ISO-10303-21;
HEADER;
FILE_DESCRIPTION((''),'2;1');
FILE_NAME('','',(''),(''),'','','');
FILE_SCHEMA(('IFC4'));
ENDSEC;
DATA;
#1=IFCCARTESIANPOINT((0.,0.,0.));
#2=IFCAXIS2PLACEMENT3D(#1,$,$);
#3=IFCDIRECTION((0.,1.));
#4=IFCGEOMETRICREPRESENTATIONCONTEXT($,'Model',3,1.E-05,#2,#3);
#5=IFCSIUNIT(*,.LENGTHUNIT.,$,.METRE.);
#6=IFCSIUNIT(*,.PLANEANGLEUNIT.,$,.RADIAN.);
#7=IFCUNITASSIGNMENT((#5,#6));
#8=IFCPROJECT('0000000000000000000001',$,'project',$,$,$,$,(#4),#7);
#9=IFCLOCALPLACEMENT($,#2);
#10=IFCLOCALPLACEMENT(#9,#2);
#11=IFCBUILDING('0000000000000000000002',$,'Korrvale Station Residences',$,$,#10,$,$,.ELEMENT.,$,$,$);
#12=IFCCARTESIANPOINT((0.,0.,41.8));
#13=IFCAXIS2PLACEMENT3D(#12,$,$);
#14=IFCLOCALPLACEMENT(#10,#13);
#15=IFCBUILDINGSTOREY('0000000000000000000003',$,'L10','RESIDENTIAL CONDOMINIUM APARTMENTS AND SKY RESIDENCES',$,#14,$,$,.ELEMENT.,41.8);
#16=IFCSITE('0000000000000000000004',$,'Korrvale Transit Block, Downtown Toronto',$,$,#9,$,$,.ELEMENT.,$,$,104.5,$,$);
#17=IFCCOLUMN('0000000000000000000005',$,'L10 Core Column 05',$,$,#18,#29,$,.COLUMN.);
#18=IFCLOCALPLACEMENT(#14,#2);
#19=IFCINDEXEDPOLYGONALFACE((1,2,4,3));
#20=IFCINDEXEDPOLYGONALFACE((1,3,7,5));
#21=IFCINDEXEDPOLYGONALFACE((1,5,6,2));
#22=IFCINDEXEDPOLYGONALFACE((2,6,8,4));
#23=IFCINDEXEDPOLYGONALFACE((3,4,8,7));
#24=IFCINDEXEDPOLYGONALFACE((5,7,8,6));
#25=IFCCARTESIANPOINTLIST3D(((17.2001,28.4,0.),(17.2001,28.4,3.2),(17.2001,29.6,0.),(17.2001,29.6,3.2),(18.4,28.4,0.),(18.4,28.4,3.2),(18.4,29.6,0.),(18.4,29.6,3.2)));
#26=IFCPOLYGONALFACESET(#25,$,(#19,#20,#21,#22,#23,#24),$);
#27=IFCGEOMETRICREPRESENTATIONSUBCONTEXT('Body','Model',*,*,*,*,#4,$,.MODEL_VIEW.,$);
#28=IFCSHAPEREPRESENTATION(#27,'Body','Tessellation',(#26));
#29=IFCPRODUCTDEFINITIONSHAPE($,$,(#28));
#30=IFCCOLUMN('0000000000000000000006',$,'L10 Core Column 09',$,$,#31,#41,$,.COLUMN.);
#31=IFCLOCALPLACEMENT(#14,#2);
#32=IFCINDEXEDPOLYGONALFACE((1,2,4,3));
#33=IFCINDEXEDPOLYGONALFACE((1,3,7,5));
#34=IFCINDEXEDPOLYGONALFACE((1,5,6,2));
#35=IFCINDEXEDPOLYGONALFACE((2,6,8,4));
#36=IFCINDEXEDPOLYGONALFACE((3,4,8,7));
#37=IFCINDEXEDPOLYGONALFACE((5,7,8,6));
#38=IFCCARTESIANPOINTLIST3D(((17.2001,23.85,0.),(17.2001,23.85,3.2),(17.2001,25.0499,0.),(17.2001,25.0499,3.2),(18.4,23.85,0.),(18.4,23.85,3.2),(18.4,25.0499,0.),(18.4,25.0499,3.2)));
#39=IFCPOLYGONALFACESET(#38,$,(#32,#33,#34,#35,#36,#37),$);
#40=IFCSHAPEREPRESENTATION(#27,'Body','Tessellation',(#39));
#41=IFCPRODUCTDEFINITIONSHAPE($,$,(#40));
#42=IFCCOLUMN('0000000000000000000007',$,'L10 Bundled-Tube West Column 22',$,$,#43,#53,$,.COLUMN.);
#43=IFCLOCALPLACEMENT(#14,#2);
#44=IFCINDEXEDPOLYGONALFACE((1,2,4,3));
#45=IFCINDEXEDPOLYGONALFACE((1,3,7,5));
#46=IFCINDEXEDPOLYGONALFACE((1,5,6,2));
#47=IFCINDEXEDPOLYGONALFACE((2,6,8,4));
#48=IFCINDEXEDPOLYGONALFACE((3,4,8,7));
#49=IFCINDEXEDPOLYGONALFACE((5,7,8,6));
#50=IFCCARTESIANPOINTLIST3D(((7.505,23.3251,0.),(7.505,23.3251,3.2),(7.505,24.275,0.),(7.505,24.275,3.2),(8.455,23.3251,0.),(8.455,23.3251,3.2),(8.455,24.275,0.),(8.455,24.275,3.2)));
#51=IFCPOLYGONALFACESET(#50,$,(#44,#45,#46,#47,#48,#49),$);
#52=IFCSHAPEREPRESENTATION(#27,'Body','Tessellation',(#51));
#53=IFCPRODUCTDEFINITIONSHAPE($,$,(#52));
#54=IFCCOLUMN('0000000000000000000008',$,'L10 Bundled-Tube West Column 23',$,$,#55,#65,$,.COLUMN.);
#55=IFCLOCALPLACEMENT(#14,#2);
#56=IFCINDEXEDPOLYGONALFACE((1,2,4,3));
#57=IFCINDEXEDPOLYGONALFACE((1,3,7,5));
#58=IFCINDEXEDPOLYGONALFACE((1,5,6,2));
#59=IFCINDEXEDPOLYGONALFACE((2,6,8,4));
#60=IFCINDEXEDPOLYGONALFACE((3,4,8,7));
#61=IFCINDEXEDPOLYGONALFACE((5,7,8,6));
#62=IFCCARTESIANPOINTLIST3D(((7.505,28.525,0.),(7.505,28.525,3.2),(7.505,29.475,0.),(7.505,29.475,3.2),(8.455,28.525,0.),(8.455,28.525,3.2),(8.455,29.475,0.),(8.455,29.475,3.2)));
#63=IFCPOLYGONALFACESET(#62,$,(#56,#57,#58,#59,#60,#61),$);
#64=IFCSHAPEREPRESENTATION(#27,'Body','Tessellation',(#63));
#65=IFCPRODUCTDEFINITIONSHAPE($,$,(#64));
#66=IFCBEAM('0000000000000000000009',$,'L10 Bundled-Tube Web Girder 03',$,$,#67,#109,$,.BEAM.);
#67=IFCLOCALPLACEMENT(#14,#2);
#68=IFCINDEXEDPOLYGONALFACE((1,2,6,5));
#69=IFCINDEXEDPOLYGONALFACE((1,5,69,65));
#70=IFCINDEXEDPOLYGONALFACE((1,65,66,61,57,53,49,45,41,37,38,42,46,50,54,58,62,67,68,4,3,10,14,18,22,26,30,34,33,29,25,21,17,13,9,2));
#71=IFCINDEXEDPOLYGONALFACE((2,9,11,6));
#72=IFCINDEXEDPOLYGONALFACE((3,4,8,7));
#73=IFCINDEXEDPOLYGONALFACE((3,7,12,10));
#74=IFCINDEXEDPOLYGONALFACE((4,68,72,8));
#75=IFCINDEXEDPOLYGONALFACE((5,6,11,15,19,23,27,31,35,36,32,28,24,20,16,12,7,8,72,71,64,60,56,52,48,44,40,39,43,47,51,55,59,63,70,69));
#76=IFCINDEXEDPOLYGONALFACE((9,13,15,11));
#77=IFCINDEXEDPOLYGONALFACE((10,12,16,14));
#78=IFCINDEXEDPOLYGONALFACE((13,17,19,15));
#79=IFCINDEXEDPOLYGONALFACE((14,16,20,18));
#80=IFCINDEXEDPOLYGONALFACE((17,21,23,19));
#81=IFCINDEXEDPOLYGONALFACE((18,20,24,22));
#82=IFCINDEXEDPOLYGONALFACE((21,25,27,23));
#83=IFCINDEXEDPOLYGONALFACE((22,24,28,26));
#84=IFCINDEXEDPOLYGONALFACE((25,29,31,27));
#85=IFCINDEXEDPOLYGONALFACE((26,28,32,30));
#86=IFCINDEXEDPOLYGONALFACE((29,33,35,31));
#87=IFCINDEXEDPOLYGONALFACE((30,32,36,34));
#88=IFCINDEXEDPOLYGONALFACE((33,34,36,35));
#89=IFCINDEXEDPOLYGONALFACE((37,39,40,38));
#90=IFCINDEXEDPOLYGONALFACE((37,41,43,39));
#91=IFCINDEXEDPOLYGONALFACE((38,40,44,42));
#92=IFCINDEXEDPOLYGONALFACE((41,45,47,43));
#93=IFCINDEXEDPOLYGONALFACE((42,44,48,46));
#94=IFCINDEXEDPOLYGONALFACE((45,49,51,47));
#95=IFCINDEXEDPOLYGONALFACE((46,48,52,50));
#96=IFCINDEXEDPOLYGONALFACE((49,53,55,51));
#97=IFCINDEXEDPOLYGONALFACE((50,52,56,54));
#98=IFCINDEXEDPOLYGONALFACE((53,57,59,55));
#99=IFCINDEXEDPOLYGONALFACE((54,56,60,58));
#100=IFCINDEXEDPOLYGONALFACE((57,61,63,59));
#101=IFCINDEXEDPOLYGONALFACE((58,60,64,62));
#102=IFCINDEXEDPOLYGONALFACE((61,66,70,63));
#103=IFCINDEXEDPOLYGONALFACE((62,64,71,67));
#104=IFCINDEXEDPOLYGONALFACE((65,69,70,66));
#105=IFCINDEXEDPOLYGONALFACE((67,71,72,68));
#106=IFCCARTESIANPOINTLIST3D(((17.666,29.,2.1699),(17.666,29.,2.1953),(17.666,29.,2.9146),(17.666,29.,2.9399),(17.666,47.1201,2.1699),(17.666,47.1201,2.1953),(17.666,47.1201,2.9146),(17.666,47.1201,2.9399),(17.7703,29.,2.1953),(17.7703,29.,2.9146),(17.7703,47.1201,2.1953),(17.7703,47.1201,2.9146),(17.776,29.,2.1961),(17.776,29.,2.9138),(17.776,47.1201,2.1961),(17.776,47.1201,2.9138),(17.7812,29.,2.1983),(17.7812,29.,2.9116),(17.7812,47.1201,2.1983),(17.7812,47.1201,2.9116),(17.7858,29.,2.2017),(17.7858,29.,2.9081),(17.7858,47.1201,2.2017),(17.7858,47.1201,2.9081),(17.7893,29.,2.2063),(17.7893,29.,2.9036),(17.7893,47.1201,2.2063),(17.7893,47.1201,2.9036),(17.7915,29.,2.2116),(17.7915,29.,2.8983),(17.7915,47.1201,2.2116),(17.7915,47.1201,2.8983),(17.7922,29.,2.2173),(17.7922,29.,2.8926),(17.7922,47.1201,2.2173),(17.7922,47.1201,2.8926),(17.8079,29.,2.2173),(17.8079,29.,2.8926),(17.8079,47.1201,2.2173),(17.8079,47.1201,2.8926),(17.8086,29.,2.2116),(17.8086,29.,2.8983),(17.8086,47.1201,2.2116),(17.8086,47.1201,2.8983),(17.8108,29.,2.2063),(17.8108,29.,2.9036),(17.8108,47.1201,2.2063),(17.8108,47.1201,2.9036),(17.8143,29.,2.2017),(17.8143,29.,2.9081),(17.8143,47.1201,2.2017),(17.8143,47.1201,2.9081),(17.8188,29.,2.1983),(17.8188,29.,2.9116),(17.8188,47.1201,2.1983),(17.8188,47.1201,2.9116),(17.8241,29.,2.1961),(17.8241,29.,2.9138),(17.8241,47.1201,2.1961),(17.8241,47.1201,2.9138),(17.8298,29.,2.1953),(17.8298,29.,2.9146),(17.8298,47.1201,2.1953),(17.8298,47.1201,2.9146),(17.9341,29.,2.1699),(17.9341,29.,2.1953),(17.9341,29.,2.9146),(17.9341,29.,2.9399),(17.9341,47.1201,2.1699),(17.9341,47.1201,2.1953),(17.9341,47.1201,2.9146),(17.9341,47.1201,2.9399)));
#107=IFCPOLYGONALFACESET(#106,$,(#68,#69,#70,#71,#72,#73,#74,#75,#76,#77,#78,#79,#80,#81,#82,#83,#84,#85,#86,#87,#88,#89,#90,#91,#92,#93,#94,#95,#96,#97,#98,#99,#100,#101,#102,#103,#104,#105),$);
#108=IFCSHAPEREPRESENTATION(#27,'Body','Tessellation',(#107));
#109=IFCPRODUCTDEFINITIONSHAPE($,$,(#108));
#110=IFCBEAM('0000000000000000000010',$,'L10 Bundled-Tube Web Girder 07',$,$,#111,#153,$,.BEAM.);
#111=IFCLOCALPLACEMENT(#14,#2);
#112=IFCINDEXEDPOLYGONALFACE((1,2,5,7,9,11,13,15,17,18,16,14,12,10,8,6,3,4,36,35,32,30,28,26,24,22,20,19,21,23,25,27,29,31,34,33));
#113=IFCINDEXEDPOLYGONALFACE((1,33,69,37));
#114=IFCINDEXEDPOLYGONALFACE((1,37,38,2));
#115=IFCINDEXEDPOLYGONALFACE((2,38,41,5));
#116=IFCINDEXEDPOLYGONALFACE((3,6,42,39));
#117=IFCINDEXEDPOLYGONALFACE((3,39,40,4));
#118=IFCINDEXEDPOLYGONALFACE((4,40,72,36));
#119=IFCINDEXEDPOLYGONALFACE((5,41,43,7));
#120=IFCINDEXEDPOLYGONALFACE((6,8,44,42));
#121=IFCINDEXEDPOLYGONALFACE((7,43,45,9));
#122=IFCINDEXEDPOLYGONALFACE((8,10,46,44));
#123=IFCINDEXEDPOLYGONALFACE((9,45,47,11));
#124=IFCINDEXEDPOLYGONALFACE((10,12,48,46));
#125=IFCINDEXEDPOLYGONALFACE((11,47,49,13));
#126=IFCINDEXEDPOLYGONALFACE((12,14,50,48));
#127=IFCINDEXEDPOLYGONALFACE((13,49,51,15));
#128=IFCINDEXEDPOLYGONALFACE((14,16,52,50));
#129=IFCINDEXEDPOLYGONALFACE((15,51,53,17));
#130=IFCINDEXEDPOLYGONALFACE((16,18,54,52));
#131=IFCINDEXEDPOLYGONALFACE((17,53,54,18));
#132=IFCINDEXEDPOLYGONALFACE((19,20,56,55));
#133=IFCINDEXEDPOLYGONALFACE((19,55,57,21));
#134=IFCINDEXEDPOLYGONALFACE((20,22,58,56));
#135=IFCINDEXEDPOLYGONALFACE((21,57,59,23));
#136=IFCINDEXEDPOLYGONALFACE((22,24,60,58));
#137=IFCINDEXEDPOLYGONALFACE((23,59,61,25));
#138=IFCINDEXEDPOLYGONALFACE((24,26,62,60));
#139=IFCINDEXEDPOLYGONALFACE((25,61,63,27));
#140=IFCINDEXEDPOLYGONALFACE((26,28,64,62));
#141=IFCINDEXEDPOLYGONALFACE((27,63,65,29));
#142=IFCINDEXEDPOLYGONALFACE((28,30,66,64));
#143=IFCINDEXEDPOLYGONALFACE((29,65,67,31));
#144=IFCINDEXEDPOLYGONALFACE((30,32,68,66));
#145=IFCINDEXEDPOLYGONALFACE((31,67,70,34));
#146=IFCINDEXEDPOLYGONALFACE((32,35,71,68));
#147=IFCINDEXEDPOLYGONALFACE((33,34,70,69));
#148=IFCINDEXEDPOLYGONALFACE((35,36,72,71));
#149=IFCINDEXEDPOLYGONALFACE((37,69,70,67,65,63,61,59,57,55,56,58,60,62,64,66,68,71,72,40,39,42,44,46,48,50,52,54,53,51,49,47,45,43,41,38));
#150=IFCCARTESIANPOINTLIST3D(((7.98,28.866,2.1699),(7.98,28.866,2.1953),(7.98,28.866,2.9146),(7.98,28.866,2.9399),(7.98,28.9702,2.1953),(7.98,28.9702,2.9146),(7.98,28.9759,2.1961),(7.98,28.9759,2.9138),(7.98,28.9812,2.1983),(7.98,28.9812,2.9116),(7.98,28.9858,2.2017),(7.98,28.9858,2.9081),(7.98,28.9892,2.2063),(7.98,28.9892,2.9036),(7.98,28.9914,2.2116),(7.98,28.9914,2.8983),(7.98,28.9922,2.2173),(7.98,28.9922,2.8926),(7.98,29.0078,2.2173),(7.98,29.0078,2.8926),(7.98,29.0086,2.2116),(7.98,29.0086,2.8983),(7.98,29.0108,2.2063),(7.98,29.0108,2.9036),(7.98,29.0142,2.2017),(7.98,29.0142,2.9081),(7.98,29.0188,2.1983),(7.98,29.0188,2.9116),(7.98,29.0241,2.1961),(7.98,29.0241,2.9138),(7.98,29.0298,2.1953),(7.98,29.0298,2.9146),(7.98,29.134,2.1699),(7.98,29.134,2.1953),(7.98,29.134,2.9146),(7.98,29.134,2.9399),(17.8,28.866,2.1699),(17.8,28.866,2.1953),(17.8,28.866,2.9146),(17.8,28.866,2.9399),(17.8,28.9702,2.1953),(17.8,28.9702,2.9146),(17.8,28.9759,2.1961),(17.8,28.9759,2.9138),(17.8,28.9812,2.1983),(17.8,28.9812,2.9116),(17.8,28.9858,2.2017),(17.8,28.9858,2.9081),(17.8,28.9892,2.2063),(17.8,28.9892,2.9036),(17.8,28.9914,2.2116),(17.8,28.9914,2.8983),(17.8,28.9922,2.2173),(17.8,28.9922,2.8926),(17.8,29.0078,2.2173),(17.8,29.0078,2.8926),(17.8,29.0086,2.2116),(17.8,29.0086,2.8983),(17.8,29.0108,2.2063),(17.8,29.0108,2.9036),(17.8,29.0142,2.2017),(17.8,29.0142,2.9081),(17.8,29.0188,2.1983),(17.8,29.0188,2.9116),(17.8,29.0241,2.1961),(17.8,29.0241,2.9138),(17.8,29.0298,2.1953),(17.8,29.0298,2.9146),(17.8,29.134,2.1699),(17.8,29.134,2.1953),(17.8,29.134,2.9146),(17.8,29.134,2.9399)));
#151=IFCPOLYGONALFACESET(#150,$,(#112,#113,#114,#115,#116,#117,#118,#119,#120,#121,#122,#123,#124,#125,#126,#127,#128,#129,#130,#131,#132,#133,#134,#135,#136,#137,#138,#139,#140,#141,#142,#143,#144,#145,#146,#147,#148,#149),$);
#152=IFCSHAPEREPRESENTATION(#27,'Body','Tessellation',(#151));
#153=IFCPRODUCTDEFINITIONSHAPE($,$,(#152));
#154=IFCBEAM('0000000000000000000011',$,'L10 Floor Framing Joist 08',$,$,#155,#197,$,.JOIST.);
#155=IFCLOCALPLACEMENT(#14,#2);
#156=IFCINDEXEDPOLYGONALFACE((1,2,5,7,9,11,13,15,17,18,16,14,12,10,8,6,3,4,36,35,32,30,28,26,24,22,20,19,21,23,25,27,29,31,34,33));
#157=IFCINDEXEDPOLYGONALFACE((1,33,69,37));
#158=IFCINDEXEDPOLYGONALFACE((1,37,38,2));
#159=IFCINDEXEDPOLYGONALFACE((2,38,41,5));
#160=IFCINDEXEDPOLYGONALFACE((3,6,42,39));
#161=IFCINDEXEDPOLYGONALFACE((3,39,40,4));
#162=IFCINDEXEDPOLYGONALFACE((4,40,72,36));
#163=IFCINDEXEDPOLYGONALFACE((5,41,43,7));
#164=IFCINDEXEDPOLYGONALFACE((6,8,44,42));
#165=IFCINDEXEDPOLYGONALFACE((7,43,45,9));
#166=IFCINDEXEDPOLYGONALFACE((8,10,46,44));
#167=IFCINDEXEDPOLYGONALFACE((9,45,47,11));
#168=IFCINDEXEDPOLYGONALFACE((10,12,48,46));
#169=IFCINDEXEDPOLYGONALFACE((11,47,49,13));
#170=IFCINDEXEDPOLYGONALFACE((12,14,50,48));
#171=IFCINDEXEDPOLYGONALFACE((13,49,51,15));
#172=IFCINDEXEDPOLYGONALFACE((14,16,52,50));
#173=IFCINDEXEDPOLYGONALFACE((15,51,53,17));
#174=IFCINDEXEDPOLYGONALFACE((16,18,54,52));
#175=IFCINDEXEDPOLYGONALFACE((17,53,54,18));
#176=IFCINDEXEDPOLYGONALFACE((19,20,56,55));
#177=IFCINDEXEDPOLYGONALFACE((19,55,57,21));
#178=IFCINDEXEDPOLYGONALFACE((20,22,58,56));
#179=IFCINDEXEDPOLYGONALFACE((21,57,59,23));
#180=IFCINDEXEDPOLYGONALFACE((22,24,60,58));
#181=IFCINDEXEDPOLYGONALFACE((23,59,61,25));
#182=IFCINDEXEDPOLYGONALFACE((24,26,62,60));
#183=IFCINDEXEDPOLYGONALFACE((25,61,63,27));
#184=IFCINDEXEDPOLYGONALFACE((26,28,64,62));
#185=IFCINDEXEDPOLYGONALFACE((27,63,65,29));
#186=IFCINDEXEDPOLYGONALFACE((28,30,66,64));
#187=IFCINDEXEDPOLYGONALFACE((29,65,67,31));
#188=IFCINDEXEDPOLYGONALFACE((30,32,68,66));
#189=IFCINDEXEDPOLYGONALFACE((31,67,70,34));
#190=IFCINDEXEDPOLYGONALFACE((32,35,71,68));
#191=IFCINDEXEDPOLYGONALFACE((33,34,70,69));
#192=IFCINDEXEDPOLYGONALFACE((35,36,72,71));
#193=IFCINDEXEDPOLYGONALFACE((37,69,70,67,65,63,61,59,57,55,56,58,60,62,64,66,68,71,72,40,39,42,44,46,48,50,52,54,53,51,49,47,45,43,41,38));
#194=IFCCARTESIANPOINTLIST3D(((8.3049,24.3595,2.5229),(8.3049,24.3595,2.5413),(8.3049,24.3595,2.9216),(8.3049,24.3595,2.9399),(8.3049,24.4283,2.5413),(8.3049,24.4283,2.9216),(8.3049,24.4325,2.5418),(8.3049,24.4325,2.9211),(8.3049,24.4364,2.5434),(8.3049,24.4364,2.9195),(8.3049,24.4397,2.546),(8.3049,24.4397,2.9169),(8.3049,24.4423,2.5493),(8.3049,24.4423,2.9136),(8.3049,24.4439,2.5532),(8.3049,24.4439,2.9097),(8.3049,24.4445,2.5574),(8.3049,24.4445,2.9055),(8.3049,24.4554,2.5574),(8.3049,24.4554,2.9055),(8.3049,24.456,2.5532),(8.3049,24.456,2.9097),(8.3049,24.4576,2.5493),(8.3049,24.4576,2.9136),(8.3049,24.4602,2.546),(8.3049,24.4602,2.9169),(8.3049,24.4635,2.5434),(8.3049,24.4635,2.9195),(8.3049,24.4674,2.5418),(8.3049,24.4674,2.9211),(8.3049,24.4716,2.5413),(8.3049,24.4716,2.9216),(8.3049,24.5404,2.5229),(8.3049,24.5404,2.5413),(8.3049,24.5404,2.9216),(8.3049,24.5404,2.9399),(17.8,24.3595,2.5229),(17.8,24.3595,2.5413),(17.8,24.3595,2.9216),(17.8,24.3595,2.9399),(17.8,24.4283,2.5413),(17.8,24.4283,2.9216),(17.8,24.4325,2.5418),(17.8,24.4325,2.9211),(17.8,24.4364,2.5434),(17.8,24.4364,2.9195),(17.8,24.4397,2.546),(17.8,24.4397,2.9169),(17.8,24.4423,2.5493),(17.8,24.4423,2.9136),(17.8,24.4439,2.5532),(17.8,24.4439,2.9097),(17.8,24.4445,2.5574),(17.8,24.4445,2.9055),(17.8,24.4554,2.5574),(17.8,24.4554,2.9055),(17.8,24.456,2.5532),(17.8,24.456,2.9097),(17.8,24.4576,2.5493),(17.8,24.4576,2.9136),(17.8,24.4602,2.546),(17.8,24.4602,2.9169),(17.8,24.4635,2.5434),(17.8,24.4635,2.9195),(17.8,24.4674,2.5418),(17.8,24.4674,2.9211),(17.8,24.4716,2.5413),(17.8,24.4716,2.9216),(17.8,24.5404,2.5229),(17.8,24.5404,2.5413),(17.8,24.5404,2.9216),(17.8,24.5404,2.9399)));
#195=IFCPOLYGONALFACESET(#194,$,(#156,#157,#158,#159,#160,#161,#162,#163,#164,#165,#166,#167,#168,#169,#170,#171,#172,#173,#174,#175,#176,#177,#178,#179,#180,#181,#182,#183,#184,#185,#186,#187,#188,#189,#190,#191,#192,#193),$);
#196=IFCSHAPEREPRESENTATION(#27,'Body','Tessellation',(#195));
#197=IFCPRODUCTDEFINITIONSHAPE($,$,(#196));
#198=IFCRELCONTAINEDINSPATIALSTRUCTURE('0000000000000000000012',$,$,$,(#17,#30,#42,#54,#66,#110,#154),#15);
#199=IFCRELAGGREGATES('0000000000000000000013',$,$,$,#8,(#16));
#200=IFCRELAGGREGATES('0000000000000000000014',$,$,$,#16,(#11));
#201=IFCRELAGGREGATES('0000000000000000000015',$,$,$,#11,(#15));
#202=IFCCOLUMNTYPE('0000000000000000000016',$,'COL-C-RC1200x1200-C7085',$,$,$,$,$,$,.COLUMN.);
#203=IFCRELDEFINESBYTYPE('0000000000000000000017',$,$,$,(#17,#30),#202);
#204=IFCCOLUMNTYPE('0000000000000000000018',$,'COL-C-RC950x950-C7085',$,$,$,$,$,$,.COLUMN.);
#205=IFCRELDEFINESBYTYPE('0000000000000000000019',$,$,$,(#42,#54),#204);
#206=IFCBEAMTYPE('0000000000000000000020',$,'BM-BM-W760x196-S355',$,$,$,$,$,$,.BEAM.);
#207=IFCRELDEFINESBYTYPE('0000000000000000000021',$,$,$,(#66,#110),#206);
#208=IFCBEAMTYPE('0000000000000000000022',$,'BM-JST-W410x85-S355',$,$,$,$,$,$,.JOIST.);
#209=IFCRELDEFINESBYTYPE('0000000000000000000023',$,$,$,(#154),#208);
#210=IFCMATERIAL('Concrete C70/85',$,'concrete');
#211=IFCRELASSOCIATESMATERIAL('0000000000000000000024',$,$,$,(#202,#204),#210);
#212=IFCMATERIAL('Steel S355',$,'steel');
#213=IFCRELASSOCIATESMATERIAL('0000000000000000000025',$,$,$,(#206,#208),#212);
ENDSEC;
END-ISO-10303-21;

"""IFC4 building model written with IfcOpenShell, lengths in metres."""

from ifc_helpers import new_model, si_unit, direction, frame, origin, origin_2d, place, context, subcontext, project, spatial, rectangle, i_section, extrude, material, material_profile, profile_set, type_object, element, save


model = new_model("IFC4")

# Units and contexts
model_context = context("Model", 3, precision=1e-05, world=origin(), true_north=direction((0.0, 1.0)))
body_context = subcontext(model_context, "Body", "Model", "MODEL_VIEW")
ifc_project = project(units=[si_unit("LENGTHUNIT", "METRE"), si_unit("PLANEANGLEUNIT", "RADIAN")], contexts=[model_context])

# Site, building, storey
site_placement = place(None, origin())
site = spatial("IfcSite", under=ifc_project, at=site_placement, Name="Korrvale Transit Block, Downtown Toronto", CompositionType="ELEMENT", RefElevation=104.5)
building_placement = place(site_placement, origin())
building = spatial("IfcBuilding", under=site, at=building_placement, Name="Korrvale Station Residences", CompositionType="ELEMENT")
storey_placement = place(building_placement, frame((0.0, 0.0, 41.8)))
storey = spatial("IfcBuildingStorey", under=building, at=storey_placement, Name="L10", Description="RESIDENTIAL CONDOMINIUM APARTMENTS AND SKY RESIDENCES", CompositionType="ELEMENT", Elevation=41.8)

# Columns
ifc_material_1 = material(Name="Concrete C70/85", Category="concrete")
ifc_material_profile_1 = material_profile(ifc_material_1, rectangle(XDim=1.2, YDim=1.2, at=origin_2d()), Name="RC1200x1200")
ifc_profile_set_1 = profile_set([ifc_material_profile_1], Name="Concrete C70/85")
column_type_1 = type_object("IfcColumnType", Name="COL-C-RC1200x1200-C7085", PredefinedType="COLUMN", material=ifc_profile_set_1)
for number, where, z_axis, x_axis, name in (
    (1, (17.8, 29.0, 0.0), (0.0, 0.0, 1.0), (1.0, 0.0, 0.0), "L10 Core Column 05"),
    (2, (17.8, 24.45, 0.0), (0.0, 0.0, 1.0), (1.0, 0.0, 0.0), "L10 Core Column 09"),
):
    element("IfcColumn", number, at=place(storey_placement, frame(where, z_axis=z_axis, x_axis=x_axis)), inside=storey, type_object=column_type_1, Name=name, PredefinedType="COLUMN", context=body_context, shape_type="SweptSolid", body=[
        extrude(rectangle(XDim=1.2, YDim=1.2, at=origin_2d()), origin(), (0.0, 0.0, 1.0), 3.2),
    ])
ifc_material_profile_2 = material_profile(ifc_material_1, rectangle(XDim=0.95, YDim=0.95, at=origin_2d()), Name="RC950x950")
ifc_profile_set_2 = profile_set([ifc_material_profile_2], Name="Concrete C70/85")
column_type_2 = type_object("IfcColumnType", Name="COL-C-RC950x950-C7085", PredefinedType="COLUMN", material=ifc_profile_set_2)
for number, where, z_axis, x_axis, name in (
    (3, (7.98, 23.8, 0.0), (0.0, 0.0, 1.0), (1.0, 0.0, 0.0), "L10 Bundled-Tube West Column 22"),
    (4, (7.98, 29.0, 0.0), (0.0, 0.0, 1.0), (1.0, 0.0, 0.0), "L10 Bundled-Tube West Column 23"),
):
    element("IfcColumn", number, at=place(storey_placement, frame(where, z_axis=z_axis, x_axis=x_axis)), inside=storey, type_object=column_type_2, Name=name, PredefinedType="COLUMN", context=body_context, shape_type="SweptSolid", body=[
        extrude(rectangle(XDim=0.95, YDim=0.95, at=origin_2d()), origin(), (0.0, 0.0, 1.0), 3.2),
    ])

# Beams
ifc_material_2 = material(Name="Steel S355", Category="steel")
ifc_material_profile_3 = material_profile(ifc_material_2, i_section(OverallWidth=0.2681, OverallDepth=0.77, WebThickness=0.0156, FlangeThickness=0.0254, FilletRadius=0.022, at=origin_2d()), Name="W760x196")
ifc_profile_set_3 = profile_set([ifc_material_profile_3], Name="Steel S355")
beam_type_1 = type_object("IfcBeamType", Name="BM-BM-W760x196-S355", PredefinedType="BEAM", material=ifc_profile_set_3)
beam_1_placement = place(storey_placement, frame((17.8, 29.0, 2.5549), z_axis=(0.0, 1.0, 0.0), x_axis=(-1.0, 0.0, 0.0)))
element("IfcBeam", 5, at=beam_1_placement, inside=storey, type_object=beam_type_1, Name="L10 Bundled-Tube Web Girder 03", PredefinedType="BEAM", context=body_context, shape_type="SweptSolid", body=[
    extrude(i_section(OverallWidth=0.2681, OverallDepth=0.77, WebThickness=0.0156, FlangeThickness=0.0254, FilletRadius=0.022, at=origin_2d()), origin(), (0.0, 0.0, 1.0), 18.1201),
])
beam_2_placement = place(storey_placement, frame((7.98, 29.0, 2.5549), z_axis=(1.0, 0.0, 0.0), x_axis=(0.0, 1.0, 0.0)))
element("IfcBeam", 6, at=beam_2_placement, inside=storey, type_object=beam_type_1, Name="L10 Bundled-Tube Web Girder 07", PredefinedType="BEAM", context=body_context, shape_type="SweptSolid", body=[
    extrude(i_section(OverallWidth=0.2681, OverallDepth=0.77, WebThickness=0.0156, FlangeThickness=0.0254, FilletRadius=0.022, at=origin_2d()), origin(), (0.0, 0.0, 1.0), 9.8201),
])
ifc_material_profile_4 = material_profile(ifc_material_2, i_section(OverallWidth=0.1809, OverallDepth=0.417, WebThickness=0.011, FlangeThickness=0.0183, FilletRadius=0.0161, at=origin_2d()), Name="W410x85")
ifc_profile_set_4 = profile_set([ifc_material_profile_4], Name="Steel S355")
beam_type_2 = type_object("IfcBeamType", Name="BM-JST-W410x85-S355", PredefinedType="JOIST", material=ifc_profile_set_4)
beam_3_placement = place(storey_placement, frame((8.3049, 24.45, 2.7314), z_axis=(1.0, 0.0, 0.0), x_axis=(0.0, 1.0, 0.0)))
element("IfcBeam", 7, at=beam_3_placement, inside=storey, type_object=beam_type_2, Name="L10 Floor Framing Joist 08", PredefinedType="JOIST", context=body_context, shape_type="SweptSolid", body=[
    extrude(i_section(OverallWidth=0.1809, OverallDepth=0.417, WebThickness=0.011, FlangeThickness=0.0183, FilletRadius=0.0161, at=origin_2d()), origin(), (0.0, 0.0, 1.0), 9.4951),
])

save(model, "model.ifc")
